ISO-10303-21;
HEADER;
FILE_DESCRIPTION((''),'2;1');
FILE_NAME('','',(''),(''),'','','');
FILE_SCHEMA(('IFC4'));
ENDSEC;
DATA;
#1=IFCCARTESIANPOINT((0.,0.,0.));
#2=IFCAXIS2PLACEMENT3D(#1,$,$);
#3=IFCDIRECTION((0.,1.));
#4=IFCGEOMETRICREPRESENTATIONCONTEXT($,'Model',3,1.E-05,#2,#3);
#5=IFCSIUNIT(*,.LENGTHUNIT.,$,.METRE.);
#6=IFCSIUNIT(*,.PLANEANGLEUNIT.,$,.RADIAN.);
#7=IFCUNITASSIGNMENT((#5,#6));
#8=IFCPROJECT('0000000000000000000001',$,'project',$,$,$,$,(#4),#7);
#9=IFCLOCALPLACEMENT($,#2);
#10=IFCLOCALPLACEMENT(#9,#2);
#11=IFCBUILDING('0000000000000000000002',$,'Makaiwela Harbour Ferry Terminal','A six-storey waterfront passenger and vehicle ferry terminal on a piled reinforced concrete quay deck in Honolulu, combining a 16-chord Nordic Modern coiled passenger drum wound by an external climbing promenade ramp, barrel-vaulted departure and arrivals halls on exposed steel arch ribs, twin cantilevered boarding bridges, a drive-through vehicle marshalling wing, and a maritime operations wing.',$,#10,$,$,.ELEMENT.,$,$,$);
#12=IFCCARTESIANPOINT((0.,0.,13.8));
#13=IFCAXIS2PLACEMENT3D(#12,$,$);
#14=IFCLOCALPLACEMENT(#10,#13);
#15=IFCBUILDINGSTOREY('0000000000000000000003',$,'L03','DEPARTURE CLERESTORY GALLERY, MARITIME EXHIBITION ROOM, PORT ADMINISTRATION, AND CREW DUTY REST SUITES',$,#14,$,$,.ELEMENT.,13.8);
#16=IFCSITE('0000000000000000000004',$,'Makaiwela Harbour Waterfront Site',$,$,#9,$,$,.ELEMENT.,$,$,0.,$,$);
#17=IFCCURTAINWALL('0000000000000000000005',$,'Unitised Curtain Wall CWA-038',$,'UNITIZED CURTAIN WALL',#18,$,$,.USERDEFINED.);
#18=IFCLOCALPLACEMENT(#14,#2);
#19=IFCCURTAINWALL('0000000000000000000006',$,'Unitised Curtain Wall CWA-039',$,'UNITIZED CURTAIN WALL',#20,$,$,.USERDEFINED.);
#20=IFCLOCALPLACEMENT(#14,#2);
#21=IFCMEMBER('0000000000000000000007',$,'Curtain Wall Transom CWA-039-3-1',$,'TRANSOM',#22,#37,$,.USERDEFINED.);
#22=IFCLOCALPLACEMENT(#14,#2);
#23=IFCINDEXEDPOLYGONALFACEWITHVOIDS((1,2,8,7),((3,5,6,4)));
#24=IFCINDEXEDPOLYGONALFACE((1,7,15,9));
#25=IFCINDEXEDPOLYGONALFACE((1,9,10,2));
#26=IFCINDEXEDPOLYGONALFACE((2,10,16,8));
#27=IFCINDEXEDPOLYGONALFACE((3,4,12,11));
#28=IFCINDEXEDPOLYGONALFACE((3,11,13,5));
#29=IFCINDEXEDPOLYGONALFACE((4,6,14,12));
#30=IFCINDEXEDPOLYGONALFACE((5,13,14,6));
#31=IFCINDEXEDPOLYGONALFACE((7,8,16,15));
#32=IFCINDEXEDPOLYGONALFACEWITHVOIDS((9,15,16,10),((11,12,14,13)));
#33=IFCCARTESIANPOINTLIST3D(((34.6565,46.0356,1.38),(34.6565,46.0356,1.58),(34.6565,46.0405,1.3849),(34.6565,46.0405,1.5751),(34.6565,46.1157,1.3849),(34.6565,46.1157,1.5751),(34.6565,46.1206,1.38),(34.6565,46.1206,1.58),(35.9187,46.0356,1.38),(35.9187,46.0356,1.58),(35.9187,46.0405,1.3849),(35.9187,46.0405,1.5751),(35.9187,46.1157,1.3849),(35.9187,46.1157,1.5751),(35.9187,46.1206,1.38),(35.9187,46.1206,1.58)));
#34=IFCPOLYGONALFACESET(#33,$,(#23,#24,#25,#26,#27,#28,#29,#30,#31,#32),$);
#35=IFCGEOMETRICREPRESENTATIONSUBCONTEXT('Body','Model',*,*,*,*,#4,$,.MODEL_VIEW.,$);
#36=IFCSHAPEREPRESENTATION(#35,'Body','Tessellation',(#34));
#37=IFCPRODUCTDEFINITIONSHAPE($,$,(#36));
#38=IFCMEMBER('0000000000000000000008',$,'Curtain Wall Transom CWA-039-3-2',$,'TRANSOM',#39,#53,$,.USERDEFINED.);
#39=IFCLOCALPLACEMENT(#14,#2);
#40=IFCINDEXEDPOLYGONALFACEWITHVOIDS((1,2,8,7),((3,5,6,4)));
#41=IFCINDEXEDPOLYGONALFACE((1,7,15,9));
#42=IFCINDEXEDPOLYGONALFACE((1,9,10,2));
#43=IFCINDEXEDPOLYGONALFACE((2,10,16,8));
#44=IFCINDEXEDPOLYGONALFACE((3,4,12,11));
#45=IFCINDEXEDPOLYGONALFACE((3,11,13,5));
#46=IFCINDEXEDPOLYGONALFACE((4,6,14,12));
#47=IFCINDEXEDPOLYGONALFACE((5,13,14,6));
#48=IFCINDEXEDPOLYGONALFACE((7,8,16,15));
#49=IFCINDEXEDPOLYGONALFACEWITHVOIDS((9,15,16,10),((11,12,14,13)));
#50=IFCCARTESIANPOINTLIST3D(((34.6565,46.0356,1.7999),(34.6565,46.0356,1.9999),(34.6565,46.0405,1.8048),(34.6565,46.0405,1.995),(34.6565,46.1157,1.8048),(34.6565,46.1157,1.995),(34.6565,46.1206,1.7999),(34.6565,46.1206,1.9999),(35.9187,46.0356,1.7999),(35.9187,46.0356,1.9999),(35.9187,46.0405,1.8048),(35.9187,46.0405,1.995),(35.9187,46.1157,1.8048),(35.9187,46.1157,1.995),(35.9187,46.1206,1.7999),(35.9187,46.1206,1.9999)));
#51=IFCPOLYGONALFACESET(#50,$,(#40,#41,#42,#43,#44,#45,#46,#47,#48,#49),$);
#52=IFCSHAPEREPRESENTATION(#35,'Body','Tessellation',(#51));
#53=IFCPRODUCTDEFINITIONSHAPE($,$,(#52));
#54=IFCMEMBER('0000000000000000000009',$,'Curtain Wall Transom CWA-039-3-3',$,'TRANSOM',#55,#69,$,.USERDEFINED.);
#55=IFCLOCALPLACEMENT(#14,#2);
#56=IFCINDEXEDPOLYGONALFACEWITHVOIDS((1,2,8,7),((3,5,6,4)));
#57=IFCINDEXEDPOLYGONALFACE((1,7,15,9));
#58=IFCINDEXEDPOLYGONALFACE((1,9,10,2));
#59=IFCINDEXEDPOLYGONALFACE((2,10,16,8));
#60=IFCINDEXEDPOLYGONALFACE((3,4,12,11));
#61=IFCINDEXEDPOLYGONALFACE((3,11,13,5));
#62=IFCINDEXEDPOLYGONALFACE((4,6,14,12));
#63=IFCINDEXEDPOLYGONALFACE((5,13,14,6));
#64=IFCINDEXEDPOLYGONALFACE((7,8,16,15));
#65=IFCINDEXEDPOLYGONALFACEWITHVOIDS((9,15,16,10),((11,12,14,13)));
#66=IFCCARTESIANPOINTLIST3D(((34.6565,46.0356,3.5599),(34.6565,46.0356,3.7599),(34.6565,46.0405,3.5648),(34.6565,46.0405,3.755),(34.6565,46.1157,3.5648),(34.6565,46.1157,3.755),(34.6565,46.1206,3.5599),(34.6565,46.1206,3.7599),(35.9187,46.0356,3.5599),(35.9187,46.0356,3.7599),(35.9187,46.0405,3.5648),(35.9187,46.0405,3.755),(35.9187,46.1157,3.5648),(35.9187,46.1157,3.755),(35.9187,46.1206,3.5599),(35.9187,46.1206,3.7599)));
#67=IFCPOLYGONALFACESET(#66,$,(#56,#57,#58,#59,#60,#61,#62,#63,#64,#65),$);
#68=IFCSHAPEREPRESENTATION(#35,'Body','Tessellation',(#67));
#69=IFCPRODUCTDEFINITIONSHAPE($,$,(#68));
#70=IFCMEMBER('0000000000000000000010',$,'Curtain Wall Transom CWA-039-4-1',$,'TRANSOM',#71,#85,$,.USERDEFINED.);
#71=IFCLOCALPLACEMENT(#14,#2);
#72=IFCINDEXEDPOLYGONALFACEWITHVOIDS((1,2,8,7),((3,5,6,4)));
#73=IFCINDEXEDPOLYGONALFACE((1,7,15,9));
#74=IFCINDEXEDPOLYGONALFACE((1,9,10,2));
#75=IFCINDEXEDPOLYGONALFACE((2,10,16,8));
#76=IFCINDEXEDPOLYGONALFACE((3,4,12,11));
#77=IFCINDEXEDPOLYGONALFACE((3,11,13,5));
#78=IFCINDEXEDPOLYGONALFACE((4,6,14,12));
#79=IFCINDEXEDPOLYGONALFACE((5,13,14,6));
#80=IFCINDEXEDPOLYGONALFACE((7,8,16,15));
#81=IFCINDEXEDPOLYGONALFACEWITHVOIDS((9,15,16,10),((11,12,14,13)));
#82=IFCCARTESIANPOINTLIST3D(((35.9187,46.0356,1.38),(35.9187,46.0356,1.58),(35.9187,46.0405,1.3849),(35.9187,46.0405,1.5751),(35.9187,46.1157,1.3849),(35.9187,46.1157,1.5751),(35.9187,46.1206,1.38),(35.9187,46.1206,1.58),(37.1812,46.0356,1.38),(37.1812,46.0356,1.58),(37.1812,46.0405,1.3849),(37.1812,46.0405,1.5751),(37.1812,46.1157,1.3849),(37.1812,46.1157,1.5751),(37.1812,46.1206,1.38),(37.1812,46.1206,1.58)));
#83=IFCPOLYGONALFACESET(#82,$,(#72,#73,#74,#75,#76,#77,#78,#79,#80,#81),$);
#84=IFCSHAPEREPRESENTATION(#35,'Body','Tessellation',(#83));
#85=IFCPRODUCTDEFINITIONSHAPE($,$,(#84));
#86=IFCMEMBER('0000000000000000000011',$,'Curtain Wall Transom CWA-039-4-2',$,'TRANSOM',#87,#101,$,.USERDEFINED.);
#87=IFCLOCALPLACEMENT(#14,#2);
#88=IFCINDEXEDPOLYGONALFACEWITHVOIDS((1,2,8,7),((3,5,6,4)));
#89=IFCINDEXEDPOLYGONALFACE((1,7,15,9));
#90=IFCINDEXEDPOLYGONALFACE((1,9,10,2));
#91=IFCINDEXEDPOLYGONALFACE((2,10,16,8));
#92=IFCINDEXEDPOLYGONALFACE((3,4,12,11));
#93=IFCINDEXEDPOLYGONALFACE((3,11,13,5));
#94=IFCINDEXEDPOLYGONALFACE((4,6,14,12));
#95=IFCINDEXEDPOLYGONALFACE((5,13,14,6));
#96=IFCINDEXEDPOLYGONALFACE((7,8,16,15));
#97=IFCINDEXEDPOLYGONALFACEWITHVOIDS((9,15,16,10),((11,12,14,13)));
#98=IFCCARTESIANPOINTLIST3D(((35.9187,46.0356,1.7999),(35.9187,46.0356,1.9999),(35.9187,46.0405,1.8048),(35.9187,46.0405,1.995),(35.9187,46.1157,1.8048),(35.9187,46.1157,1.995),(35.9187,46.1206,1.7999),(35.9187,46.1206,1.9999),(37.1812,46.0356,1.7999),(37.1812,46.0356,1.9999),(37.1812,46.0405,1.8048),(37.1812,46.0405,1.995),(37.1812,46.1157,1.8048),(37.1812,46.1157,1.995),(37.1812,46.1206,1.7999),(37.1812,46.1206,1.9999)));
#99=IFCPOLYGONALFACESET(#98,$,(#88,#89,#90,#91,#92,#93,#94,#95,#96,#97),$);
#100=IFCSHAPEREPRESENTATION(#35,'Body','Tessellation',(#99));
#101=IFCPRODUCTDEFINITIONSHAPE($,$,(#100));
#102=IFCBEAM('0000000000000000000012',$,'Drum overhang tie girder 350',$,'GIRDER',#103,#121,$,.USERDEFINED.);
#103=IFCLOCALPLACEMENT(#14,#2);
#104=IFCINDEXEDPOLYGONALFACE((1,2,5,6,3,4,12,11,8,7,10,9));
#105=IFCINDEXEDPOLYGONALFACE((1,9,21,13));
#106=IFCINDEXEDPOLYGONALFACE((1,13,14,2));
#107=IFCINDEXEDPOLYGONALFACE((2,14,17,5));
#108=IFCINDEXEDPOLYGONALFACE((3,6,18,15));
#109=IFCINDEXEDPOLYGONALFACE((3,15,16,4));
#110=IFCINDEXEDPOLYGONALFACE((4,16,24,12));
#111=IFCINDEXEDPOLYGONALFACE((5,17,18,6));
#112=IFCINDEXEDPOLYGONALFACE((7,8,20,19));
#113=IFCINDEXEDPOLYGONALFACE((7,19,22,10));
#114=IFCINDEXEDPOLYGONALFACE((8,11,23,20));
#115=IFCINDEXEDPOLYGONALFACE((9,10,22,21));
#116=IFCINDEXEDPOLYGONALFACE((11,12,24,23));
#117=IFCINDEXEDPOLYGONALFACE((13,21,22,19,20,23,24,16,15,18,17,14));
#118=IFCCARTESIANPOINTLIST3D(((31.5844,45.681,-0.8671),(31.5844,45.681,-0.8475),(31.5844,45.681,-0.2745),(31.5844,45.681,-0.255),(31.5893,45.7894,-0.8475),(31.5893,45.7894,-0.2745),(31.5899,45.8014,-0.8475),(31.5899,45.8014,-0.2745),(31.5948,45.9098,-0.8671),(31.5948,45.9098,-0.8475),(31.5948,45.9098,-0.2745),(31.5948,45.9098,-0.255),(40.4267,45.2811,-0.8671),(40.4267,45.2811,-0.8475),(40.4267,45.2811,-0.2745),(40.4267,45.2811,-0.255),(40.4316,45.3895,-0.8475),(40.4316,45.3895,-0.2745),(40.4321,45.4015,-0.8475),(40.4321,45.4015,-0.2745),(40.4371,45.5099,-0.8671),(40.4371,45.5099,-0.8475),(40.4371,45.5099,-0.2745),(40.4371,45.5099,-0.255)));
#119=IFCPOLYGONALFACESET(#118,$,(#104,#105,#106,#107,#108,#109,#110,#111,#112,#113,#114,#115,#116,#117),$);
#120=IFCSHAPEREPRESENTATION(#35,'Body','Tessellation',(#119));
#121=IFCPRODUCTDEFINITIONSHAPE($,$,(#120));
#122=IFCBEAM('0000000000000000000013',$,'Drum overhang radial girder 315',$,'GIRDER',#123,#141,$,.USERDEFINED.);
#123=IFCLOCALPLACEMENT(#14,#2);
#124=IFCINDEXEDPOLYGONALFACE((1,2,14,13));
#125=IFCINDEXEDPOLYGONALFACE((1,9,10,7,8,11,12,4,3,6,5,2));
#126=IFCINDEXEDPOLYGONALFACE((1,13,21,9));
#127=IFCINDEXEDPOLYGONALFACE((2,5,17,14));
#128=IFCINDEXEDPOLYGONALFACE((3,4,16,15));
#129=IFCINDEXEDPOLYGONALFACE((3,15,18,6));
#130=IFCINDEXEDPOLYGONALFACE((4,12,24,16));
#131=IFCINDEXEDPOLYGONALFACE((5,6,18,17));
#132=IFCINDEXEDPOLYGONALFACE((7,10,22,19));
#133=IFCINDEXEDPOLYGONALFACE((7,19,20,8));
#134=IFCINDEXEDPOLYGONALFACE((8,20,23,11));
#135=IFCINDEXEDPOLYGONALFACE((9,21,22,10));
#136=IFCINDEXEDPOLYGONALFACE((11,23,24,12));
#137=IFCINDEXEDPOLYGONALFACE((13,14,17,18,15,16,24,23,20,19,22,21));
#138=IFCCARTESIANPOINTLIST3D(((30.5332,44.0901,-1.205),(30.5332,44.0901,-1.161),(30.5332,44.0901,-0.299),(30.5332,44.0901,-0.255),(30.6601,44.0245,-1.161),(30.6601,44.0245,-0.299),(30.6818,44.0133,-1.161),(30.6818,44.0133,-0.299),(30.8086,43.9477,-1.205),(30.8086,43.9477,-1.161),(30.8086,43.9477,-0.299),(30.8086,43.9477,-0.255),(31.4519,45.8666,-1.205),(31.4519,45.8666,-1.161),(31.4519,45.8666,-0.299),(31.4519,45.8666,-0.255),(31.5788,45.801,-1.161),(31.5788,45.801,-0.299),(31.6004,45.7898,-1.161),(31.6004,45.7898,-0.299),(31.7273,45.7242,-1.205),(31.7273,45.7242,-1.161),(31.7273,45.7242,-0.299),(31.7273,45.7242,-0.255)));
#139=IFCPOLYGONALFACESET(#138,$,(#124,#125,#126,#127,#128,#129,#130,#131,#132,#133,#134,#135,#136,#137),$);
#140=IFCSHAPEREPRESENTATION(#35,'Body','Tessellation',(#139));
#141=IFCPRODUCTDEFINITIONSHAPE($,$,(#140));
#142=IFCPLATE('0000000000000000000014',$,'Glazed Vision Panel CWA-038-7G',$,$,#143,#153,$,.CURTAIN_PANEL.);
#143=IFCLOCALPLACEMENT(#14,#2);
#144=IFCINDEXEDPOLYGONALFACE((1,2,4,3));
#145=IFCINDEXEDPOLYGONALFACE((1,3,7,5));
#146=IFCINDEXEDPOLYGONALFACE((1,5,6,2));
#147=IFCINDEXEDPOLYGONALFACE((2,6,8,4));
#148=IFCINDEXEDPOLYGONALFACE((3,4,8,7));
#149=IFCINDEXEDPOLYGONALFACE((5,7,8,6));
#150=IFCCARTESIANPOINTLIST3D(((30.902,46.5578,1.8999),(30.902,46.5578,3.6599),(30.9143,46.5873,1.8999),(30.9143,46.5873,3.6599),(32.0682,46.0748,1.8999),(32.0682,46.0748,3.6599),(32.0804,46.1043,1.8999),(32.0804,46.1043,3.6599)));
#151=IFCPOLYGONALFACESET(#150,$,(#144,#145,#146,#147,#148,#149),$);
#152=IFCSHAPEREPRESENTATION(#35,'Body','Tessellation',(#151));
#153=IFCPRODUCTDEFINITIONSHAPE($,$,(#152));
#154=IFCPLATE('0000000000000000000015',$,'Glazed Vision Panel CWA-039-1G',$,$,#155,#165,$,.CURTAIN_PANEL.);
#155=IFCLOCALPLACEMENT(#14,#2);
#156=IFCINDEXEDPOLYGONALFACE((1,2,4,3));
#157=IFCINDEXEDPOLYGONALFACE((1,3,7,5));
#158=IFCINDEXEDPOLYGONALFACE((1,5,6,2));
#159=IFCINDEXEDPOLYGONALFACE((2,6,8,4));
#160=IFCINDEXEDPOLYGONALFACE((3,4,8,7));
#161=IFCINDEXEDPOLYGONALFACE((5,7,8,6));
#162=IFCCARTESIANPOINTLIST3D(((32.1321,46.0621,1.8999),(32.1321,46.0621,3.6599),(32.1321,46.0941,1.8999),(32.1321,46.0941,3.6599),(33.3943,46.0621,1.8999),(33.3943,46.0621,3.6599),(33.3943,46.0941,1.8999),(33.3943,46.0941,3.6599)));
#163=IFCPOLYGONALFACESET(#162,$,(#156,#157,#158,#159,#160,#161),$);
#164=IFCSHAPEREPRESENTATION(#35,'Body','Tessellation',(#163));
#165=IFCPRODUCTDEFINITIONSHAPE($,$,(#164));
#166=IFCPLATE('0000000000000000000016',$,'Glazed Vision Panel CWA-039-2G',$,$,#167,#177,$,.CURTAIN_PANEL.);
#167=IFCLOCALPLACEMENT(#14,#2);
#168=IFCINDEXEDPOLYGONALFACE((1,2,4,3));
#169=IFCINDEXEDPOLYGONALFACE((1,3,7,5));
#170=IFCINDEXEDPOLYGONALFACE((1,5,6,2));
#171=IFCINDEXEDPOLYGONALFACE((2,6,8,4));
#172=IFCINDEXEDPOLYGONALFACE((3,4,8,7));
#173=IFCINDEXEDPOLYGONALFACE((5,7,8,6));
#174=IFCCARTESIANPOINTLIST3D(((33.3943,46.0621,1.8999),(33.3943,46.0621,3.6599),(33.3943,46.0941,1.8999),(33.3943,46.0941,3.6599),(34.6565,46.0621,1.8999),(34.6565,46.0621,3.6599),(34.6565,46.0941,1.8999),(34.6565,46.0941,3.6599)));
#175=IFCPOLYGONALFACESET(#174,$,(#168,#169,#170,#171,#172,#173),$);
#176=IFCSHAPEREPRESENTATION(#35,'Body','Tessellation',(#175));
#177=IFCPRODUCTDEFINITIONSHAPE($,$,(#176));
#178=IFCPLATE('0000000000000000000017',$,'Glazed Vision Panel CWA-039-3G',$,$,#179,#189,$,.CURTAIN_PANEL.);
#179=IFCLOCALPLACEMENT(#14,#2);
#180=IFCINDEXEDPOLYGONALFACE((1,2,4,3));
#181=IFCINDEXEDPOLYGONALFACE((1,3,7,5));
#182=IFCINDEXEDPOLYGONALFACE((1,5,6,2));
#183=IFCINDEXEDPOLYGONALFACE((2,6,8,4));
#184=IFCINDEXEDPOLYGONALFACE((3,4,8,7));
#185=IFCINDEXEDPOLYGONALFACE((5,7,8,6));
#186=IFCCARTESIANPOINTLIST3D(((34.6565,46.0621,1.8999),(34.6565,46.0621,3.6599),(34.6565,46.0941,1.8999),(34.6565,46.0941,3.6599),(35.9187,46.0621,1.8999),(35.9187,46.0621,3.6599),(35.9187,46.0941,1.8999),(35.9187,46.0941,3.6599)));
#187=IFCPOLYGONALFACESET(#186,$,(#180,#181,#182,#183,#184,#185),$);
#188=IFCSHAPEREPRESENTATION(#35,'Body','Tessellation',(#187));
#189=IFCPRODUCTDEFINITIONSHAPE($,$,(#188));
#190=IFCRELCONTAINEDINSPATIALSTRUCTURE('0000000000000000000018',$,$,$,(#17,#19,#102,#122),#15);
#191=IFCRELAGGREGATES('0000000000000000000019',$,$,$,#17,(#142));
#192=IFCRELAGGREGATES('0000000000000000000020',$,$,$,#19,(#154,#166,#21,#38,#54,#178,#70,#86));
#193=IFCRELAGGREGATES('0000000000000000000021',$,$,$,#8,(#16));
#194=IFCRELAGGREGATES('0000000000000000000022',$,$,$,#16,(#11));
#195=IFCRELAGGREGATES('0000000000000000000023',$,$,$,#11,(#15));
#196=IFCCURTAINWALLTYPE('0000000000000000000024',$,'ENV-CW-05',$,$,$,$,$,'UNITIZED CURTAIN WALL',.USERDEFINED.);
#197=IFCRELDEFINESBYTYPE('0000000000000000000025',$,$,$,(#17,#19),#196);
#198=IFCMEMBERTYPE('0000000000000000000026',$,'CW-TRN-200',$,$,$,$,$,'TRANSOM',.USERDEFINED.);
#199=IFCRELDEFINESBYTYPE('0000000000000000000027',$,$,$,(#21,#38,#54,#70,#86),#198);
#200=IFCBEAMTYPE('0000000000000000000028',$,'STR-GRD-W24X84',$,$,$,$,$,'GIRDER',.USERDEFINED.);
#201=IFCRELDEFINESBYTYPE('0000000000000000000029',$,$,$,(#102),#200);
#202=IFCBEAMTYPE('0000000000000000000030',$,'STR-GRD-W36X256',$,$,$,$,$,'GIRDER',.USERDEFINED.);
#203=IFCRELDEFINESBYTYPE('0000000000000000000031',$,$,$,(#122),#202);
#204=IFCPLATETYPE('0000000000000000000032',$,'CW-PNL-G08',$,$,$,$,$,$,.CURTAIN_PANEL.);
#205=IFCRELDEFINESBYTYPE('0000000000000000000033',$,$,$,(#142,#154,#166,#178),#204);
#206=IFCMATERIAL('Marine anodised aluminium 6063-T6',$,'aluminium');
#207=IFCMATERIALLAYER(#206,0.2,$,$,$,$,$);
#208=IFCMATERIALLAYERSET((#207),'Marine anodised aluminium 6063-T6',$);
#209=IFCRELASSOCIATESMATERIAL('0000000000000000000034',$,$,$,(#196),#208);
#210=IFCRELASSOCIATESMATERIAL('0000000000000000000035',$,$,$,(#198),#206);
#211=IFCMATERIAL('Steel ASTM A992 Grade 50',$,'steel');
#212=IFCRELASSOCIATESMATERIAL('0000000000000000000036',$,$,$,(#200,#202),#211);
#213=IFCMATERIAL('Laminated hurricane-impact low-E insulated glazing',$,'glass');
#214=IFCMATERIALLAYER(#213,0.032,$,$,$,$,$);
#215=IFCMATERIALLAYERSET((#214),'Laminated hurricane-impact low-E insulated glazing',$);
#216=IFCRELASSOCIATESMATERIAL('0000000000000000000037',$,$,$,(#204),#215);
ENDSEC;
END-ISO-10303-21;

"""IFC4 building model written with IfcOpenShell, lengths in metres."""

from ifc_helpers import new_model, si_unit, direction, frame, origin, origin_2d, place, context, subcontext, project, spatial, rectangle, hollow_rectangle, i_section, extrude, material, layer, layer_set, material_profile, profile_set, type_object, element, aggregate, save


model = new_model("IFC4")

# Units and contexts
model_context = context("Model", 3, precision=1e-05, world=origin(), true_north=direction((0.0, 1.0)))
body_context = subcontext(model_context, "Body", "Model", "MODEL_VIEW")
ifc_project = project(units=[si_unit("LENGTHUNIT", "METRE"), si_unit("PLANEANGLEUNIT", "RADIAN")], contexts=[model_context])

# Site, building, storey
site_placement = place(None, origin())
site = spatial("IfcSite", under=ifc_project, at=site_placement, Name="Makaiwela Harbour Waterfront Site", CompositionType="ELEMENT", RefElevation=0.0)
building_placement = place(site_placement, origin())
building = spatial("IfcBuilding", under=site, at=building_placement, Name="Makaiwela Harbour Ferry Terminal", Description="A six-storey waterfront passenger and vehicle ferry terminal on a piled reinforced concrete quay deck in Honolulu, combining a 16-chord Nordic Modern coiled passenger drum wound by an external climbing promenade ramp, barrel-vaulted departure and arrivals halls on exposed steel arch ribs, twin cantilevered boarding bridges, a drive-through vehicle marshalling wing, and a maritime operations wing.", CompositionType="ELEMENT")
storey_placement = place(building_placement, frame((0.0, 0.0, 13.8)))
storey = spatial("IfcBuildingStorey", under=building, at=storey_placement, Name="L03", Description="DEPARTURE CLERESTORY GALLERY, MARITIME EXHIBITION ROOM, PORT ADMINISTRATION, AND CREW DUTY REST SUITES", CompositionType="ELEMENT", Elevation=13.8)

# Curtain wall
ifc_material_1 = material(Name="Marine anodised aluminium 6063-T6", Category="aluminium")
ifc_layer_1 = layer(ifc_material_1, 0.2)
ifc_layer_set_1 = layer_set([ifc_layer_1], Name="Marine anodised aluminium 6063-T6")
curtain_wall_type = type_object("IfcCurtainWallType", Name="ENV-CW-05", ElementType="UNITIZED CURTAIN WALL", PredefinedType="USERDEFINED", material=ifc_layer_set_1)
curtain_wall_1_placement = place(storey_placement, origin())
curtain_wall_1 = element("IfcCurtainWall", 1, at=curtain_wall_1_placement, inside=storey, type_object=curtain_wall_type, Name="Unitised Curtain Wall CWA-038", ObjectType="UNITIZED CURTAIN WALL", PredefinedType="USERDEFINED")

# Curtain wall, members
curtain_wall_2_placement = place(storey_placement, origin())
curtain_wall_2 = element("IfcCurtainWall", 2, at=curtain_wall_2_placement, inside=storey, type_object=curtain_wall_type, Name="Unitised Curtain Wall CWA-039", ObjectType="UNITIZED CURTAIN WALL", PredefinedType="USERDEFINED")
ifc_material_profile_1 = material_profile(ifc_material_1, hollow_rectangle(XDim=0.085, YDim=0.2, WallThickness=0.0049, at=origin_2d()), Name="CWT-200X85")
ifc_profile_set_1 = profile_set([ifc_material_profile_1], Name="Marine anodised aluminium 6063-T6")
member_type_1 = type_object("IfcMemberType", Name="CW-TRN-200", ElementType="TRANSOM", PredefinedType="USERDEFINED", material=ifc_profile_set_1)
member_1_placement = place(storey_placement, frame((34.6565, 46.0781, 1.48), z_axis=(1.0, 0.0, 0.0), x_axis=(0.0, 1.0, 0.0)))
member_1 = element("IfcMember", 3, at=member_1_placement, type_object=member_type_1, Name="Curtain Wall Transom CWA-039-3-1", ObjectType="TRANSOM", PredefinedType="USERDEFINED", context=body_context, shape_type="SweptSolid", body=[
    extrude(hollow_rectangle(XDim=0.085, YDim=0.2, WallThickness=0.0049, at=origin_2d()), origin(), (0.0, 0.0, 1.0), 1.2622),
])
member_2_placement = place(storey_placement, frame((34.6565, 46.0781, 1.8999), z_axis=(1.0, 0.0, 0.0), x_axis=(0.0, 1.0, 0.0)))
member_2 = element("IfcMember", 4, at=member_2_placement, type_object=member_type_1, Name="Curtain Wall Transom CWA-039-3-2", ObjectType="TRANSOM", PredefinedType="USERDEFINED", context=body_context, shape_type="SweptSolid", body=[
    extrude(hollow_rectangle(XDim=0.085, YDim=0.2, WallThickness=0.0049, at=origin_2d()), origin(), (0.0, 0.0, 1.0), 1.2622),
])
member_3_placement = place(storey_placement, frame((34.6565, 46.0781, 3.6599), z_axis=(1.0, 0.0, 0.0), x_axis=(0.0, 1.0, 0.0)))
member_3 = element("IfcMember", 5, at=member_3_placement, type_object=member_type_1, Name="Curtain Wall Transom CWA-039-3-3", ObjectType="TRANSOM", PredefinedType="USERDEFINED", context=body_context, shape_type="SweptSolid", body=[
    extrude(hollow_rectangle(XDim=0.085, YDim=0.2, WallThickness=0.0049, at=origin_2d()), origin(), (0.0, 0.0, 1.0), 1.2622),
])
member_4_placement = place(storey_placement, frame((35.9187, 46.0781, 1.48), z_axis=(1.0, 0.0, 0.0), x_axis=(0.0, 1.0, 0.0)))
member_4 = element("IfcMember", 6, at=member_4_placement, type_object=member_type_1, Name="Curtain Wall Transom CWA-039-4-1", ObjectType="TRANSOM", PredefinedType="USERDEFINED", context=body_context, shape_type="SweptSolid", body=[
    extrude(hollow_rectangle(XDim=0.085, YDim=0.2, WallThickness=0.0049, at=origin_2d()), origin(), (0.0, 0.0, 1.0), 1.2625),
])
member_5_placement = place(storey_placement, frame((35.9187, 46.0781, 1.8999), z_axis=(1.0, 0.0, 0.0), x_axis=(0.0, 1.0, 0.0)))
member_5 = element("IfcMember", 7, at=member_5_placement, type_object=member_type_1, Name="Curtain Wall Transom CWA-039-4-2", ObjectType="TRANSOM", PredefinedType="USERDEFINED", context=body_context, shape_type="SweptSolid", body=[
    extrude(hollow_rectangle(XDim=0.085, YDim=0.2, WallThickness=0.0049, at=origin_2d()), origin(), (0.0, 0.0, 1.0), 1.2625),
])

# Beams
ifc_material_2 = material(Name="Steel ASTM A992 Grade 50", Category="steel")
ifc_material_profile_2 = material_profile(ifc_material_2, i_section(OverallWidth=0.229, OverallDepth=0.6121, WebThickness=0.012, FlangeThickness=0.0195, at=origin_2d()), Name="W24X84")
ifc_profile_set_2 = profile_set([ifc_material_profile_2], Name="Steel ASTM A992 Grade 50")
beam_type_1 = type_object("IfcBeamType", Name="STR-GRD-W24X84", ElementType="GIRDER", PredefinedType="USERDEFINED", material=ifc_profile_set_2)
beam_1_placement = place(storey_placement, frame((31.5896, 45.7954, -0.561), z_axis=(0.998979, -0.04518, 0.0), x_axis=(0.04518, 0.998979, 0.0)))
element("IfcBeam", 8, at=beam_1_placement, inside=storey, type_object=beam_type_1, Name="Drum overhang tie girder 350", ObjectType="GIRDER", PredefinedType="USERDEFINED", context=body_context, shape_type="SweptSolid", body=[
    extrude(i_section(OverallWidth=0.229, OverallDepth=0.6121, WebThickness=0.012, FlangeThickness=0.0195, at=origin_2d()), origin(), (0.0, 0.0, 1.0), 8.8513),
])
ifc_material_profile_3 = material_profile(ifc_material_2, i_section(OverallWidth=0.3101, OverallDepth=0.95, WebThickness=0.0244, FlangeThickness=0.0439, at=origin_2d()), Name="W36X256")
ifc_profile_set_3 = profile_set([ifc_material_profile_3], Name="Steel ASTM A992 Grade 50")
beam_type_2 = type_object("IfcBeamType", Name="STR-GRD-W36X256", ElementType="GIRDER", PredefinedType="USERDEFINED", material=ifc_profile_set_3)
beam_2_placement = place(storey_placement, frame((31.5896, 45.7954, -0.73), z_axis=(-0.45933, -0.888266, 0.0), x_axis=(0.888266, -0.45933, 0.0)))
element("IfcBeam", 9, at=beam_2_placement, inside=storey, type_object=beam_type_2, Name="Drum overhang radial girder 315", ObjectType="GIRDER", PredefinedType="USERDEFINED", context=body_context, shape_type="SweptSolid", body=[
    extrude(i_section(OverallWidth=0.3101, OverallDepth=0.95, WebThickness=0.0244, FlangeThickness=0.0439, at=origin_2d()), origin(), (0.0, 0.0, 1.0), 2.0),
])

# Plates
ifc_material_3 = material(Name="Laminated hurricane-impact low-E insulated glazing", Category="glass")
ifc_layer_2 = layer(ifc_material_3, 0.032)
ifc_layer_set_2 = layer_set([ifc_layer_2], Name="Laminated hurricane-impact low-E insulated glazing")
plate_type_1 = type_object("IfcPlateType", Name="CW-PNL-G08", PredefinedType="CURTAIN_PANEL", material=ifc_layer_set_2)
plate_1_placement = place(storey_placement, frame((31.4912, 46.3311, 1.8999), z_axis=(0.0, 0.0, 1.0), x_axis=(0.92388, -0.382683, 0.0)))
plate_1 = element("IfcPlate", 10, at=plate_1_placement, type_object=plate_type_1, Name="Glazed Vision Panel CWA-038-7G", PredefinedType="CURTAIN_PANEL", context=body_context, shape_type="SweptSolid", body=[
    extrude(rectangle(XDim=1.2622, YDim=0.032, at=origin_2d()), origin(), (0.0, 0.0, 1.0), 1.76),
])
plate_2_placement = place(storey_placement, frame((32.7632, 46.0781, 1.8999), z_axis=(0.0, 0.0, 1.0), x_axis=(1.0, 0.0, 0.0)))
plate_2 = element("IfcPlate", 11, at=plate_2_placement, type_object=plate_type_1, Name="Glazed Vision Panel CWA-039-1G", PredefinedType="CURTAIN_PANEL", context=body_context, shape_type="SweptSolid", body=[
    extrude(rectangle(XDim=1.2622, YDim=0.032, at=origin_2d()), origin(), (0.0, 0.0, 1.0), 1.76),
])
plate_3_placement = place(storey_placement, frame((34.0254, 46.0781, 1.8999), z_axis=(0.0, 0.0, 1.0), x_axis=(1.0, 0.0, 0.0)))
plate_3 = element("IfcPlate", 12, at=plate_3_placement, type_object=plate_type_1, Name="Glazed Vision Panel CWA-039-2G", PredefinedType="CURTAIN_PANEL", context=body_context, shape_type="SweptSolid", body=[
    extrude(rectangle(XDim=1.2622, YDim=0.032, at=origin_2d()), origin(), (0.0, 0.0, 1.0), 1.76),
])
plate_4_placement = place(storey_placement, frame((35.2876, 46.0781, 1.8999), z_axis=(0.0, 0.0, 1.0), x_axis=(1.0, 0.0, 0.0)))
plate_4 = element("IfcPlate", 13, at=plate_4_placement, type_object=plate_type_1, Name="Glazed Vision Panel CWA-039-3G", PredefinedType="CURTAIN_PANEL", context=body_context, shape_type="SweptSolid", body=[
    extrude(rectangle(XDim=1.2622, YDim=0.032, at=origin_2d()), origin(), (0.0, 0.0, 1.0), 1.76),
])
aggregate(curtain_wall_1, [plate_1])
aggregate(curtain_wall_2, [plate_2, plate_3, member_1, member_2, member_3, plate_4, member_4, member_5])

save(model, "model.ifc")
